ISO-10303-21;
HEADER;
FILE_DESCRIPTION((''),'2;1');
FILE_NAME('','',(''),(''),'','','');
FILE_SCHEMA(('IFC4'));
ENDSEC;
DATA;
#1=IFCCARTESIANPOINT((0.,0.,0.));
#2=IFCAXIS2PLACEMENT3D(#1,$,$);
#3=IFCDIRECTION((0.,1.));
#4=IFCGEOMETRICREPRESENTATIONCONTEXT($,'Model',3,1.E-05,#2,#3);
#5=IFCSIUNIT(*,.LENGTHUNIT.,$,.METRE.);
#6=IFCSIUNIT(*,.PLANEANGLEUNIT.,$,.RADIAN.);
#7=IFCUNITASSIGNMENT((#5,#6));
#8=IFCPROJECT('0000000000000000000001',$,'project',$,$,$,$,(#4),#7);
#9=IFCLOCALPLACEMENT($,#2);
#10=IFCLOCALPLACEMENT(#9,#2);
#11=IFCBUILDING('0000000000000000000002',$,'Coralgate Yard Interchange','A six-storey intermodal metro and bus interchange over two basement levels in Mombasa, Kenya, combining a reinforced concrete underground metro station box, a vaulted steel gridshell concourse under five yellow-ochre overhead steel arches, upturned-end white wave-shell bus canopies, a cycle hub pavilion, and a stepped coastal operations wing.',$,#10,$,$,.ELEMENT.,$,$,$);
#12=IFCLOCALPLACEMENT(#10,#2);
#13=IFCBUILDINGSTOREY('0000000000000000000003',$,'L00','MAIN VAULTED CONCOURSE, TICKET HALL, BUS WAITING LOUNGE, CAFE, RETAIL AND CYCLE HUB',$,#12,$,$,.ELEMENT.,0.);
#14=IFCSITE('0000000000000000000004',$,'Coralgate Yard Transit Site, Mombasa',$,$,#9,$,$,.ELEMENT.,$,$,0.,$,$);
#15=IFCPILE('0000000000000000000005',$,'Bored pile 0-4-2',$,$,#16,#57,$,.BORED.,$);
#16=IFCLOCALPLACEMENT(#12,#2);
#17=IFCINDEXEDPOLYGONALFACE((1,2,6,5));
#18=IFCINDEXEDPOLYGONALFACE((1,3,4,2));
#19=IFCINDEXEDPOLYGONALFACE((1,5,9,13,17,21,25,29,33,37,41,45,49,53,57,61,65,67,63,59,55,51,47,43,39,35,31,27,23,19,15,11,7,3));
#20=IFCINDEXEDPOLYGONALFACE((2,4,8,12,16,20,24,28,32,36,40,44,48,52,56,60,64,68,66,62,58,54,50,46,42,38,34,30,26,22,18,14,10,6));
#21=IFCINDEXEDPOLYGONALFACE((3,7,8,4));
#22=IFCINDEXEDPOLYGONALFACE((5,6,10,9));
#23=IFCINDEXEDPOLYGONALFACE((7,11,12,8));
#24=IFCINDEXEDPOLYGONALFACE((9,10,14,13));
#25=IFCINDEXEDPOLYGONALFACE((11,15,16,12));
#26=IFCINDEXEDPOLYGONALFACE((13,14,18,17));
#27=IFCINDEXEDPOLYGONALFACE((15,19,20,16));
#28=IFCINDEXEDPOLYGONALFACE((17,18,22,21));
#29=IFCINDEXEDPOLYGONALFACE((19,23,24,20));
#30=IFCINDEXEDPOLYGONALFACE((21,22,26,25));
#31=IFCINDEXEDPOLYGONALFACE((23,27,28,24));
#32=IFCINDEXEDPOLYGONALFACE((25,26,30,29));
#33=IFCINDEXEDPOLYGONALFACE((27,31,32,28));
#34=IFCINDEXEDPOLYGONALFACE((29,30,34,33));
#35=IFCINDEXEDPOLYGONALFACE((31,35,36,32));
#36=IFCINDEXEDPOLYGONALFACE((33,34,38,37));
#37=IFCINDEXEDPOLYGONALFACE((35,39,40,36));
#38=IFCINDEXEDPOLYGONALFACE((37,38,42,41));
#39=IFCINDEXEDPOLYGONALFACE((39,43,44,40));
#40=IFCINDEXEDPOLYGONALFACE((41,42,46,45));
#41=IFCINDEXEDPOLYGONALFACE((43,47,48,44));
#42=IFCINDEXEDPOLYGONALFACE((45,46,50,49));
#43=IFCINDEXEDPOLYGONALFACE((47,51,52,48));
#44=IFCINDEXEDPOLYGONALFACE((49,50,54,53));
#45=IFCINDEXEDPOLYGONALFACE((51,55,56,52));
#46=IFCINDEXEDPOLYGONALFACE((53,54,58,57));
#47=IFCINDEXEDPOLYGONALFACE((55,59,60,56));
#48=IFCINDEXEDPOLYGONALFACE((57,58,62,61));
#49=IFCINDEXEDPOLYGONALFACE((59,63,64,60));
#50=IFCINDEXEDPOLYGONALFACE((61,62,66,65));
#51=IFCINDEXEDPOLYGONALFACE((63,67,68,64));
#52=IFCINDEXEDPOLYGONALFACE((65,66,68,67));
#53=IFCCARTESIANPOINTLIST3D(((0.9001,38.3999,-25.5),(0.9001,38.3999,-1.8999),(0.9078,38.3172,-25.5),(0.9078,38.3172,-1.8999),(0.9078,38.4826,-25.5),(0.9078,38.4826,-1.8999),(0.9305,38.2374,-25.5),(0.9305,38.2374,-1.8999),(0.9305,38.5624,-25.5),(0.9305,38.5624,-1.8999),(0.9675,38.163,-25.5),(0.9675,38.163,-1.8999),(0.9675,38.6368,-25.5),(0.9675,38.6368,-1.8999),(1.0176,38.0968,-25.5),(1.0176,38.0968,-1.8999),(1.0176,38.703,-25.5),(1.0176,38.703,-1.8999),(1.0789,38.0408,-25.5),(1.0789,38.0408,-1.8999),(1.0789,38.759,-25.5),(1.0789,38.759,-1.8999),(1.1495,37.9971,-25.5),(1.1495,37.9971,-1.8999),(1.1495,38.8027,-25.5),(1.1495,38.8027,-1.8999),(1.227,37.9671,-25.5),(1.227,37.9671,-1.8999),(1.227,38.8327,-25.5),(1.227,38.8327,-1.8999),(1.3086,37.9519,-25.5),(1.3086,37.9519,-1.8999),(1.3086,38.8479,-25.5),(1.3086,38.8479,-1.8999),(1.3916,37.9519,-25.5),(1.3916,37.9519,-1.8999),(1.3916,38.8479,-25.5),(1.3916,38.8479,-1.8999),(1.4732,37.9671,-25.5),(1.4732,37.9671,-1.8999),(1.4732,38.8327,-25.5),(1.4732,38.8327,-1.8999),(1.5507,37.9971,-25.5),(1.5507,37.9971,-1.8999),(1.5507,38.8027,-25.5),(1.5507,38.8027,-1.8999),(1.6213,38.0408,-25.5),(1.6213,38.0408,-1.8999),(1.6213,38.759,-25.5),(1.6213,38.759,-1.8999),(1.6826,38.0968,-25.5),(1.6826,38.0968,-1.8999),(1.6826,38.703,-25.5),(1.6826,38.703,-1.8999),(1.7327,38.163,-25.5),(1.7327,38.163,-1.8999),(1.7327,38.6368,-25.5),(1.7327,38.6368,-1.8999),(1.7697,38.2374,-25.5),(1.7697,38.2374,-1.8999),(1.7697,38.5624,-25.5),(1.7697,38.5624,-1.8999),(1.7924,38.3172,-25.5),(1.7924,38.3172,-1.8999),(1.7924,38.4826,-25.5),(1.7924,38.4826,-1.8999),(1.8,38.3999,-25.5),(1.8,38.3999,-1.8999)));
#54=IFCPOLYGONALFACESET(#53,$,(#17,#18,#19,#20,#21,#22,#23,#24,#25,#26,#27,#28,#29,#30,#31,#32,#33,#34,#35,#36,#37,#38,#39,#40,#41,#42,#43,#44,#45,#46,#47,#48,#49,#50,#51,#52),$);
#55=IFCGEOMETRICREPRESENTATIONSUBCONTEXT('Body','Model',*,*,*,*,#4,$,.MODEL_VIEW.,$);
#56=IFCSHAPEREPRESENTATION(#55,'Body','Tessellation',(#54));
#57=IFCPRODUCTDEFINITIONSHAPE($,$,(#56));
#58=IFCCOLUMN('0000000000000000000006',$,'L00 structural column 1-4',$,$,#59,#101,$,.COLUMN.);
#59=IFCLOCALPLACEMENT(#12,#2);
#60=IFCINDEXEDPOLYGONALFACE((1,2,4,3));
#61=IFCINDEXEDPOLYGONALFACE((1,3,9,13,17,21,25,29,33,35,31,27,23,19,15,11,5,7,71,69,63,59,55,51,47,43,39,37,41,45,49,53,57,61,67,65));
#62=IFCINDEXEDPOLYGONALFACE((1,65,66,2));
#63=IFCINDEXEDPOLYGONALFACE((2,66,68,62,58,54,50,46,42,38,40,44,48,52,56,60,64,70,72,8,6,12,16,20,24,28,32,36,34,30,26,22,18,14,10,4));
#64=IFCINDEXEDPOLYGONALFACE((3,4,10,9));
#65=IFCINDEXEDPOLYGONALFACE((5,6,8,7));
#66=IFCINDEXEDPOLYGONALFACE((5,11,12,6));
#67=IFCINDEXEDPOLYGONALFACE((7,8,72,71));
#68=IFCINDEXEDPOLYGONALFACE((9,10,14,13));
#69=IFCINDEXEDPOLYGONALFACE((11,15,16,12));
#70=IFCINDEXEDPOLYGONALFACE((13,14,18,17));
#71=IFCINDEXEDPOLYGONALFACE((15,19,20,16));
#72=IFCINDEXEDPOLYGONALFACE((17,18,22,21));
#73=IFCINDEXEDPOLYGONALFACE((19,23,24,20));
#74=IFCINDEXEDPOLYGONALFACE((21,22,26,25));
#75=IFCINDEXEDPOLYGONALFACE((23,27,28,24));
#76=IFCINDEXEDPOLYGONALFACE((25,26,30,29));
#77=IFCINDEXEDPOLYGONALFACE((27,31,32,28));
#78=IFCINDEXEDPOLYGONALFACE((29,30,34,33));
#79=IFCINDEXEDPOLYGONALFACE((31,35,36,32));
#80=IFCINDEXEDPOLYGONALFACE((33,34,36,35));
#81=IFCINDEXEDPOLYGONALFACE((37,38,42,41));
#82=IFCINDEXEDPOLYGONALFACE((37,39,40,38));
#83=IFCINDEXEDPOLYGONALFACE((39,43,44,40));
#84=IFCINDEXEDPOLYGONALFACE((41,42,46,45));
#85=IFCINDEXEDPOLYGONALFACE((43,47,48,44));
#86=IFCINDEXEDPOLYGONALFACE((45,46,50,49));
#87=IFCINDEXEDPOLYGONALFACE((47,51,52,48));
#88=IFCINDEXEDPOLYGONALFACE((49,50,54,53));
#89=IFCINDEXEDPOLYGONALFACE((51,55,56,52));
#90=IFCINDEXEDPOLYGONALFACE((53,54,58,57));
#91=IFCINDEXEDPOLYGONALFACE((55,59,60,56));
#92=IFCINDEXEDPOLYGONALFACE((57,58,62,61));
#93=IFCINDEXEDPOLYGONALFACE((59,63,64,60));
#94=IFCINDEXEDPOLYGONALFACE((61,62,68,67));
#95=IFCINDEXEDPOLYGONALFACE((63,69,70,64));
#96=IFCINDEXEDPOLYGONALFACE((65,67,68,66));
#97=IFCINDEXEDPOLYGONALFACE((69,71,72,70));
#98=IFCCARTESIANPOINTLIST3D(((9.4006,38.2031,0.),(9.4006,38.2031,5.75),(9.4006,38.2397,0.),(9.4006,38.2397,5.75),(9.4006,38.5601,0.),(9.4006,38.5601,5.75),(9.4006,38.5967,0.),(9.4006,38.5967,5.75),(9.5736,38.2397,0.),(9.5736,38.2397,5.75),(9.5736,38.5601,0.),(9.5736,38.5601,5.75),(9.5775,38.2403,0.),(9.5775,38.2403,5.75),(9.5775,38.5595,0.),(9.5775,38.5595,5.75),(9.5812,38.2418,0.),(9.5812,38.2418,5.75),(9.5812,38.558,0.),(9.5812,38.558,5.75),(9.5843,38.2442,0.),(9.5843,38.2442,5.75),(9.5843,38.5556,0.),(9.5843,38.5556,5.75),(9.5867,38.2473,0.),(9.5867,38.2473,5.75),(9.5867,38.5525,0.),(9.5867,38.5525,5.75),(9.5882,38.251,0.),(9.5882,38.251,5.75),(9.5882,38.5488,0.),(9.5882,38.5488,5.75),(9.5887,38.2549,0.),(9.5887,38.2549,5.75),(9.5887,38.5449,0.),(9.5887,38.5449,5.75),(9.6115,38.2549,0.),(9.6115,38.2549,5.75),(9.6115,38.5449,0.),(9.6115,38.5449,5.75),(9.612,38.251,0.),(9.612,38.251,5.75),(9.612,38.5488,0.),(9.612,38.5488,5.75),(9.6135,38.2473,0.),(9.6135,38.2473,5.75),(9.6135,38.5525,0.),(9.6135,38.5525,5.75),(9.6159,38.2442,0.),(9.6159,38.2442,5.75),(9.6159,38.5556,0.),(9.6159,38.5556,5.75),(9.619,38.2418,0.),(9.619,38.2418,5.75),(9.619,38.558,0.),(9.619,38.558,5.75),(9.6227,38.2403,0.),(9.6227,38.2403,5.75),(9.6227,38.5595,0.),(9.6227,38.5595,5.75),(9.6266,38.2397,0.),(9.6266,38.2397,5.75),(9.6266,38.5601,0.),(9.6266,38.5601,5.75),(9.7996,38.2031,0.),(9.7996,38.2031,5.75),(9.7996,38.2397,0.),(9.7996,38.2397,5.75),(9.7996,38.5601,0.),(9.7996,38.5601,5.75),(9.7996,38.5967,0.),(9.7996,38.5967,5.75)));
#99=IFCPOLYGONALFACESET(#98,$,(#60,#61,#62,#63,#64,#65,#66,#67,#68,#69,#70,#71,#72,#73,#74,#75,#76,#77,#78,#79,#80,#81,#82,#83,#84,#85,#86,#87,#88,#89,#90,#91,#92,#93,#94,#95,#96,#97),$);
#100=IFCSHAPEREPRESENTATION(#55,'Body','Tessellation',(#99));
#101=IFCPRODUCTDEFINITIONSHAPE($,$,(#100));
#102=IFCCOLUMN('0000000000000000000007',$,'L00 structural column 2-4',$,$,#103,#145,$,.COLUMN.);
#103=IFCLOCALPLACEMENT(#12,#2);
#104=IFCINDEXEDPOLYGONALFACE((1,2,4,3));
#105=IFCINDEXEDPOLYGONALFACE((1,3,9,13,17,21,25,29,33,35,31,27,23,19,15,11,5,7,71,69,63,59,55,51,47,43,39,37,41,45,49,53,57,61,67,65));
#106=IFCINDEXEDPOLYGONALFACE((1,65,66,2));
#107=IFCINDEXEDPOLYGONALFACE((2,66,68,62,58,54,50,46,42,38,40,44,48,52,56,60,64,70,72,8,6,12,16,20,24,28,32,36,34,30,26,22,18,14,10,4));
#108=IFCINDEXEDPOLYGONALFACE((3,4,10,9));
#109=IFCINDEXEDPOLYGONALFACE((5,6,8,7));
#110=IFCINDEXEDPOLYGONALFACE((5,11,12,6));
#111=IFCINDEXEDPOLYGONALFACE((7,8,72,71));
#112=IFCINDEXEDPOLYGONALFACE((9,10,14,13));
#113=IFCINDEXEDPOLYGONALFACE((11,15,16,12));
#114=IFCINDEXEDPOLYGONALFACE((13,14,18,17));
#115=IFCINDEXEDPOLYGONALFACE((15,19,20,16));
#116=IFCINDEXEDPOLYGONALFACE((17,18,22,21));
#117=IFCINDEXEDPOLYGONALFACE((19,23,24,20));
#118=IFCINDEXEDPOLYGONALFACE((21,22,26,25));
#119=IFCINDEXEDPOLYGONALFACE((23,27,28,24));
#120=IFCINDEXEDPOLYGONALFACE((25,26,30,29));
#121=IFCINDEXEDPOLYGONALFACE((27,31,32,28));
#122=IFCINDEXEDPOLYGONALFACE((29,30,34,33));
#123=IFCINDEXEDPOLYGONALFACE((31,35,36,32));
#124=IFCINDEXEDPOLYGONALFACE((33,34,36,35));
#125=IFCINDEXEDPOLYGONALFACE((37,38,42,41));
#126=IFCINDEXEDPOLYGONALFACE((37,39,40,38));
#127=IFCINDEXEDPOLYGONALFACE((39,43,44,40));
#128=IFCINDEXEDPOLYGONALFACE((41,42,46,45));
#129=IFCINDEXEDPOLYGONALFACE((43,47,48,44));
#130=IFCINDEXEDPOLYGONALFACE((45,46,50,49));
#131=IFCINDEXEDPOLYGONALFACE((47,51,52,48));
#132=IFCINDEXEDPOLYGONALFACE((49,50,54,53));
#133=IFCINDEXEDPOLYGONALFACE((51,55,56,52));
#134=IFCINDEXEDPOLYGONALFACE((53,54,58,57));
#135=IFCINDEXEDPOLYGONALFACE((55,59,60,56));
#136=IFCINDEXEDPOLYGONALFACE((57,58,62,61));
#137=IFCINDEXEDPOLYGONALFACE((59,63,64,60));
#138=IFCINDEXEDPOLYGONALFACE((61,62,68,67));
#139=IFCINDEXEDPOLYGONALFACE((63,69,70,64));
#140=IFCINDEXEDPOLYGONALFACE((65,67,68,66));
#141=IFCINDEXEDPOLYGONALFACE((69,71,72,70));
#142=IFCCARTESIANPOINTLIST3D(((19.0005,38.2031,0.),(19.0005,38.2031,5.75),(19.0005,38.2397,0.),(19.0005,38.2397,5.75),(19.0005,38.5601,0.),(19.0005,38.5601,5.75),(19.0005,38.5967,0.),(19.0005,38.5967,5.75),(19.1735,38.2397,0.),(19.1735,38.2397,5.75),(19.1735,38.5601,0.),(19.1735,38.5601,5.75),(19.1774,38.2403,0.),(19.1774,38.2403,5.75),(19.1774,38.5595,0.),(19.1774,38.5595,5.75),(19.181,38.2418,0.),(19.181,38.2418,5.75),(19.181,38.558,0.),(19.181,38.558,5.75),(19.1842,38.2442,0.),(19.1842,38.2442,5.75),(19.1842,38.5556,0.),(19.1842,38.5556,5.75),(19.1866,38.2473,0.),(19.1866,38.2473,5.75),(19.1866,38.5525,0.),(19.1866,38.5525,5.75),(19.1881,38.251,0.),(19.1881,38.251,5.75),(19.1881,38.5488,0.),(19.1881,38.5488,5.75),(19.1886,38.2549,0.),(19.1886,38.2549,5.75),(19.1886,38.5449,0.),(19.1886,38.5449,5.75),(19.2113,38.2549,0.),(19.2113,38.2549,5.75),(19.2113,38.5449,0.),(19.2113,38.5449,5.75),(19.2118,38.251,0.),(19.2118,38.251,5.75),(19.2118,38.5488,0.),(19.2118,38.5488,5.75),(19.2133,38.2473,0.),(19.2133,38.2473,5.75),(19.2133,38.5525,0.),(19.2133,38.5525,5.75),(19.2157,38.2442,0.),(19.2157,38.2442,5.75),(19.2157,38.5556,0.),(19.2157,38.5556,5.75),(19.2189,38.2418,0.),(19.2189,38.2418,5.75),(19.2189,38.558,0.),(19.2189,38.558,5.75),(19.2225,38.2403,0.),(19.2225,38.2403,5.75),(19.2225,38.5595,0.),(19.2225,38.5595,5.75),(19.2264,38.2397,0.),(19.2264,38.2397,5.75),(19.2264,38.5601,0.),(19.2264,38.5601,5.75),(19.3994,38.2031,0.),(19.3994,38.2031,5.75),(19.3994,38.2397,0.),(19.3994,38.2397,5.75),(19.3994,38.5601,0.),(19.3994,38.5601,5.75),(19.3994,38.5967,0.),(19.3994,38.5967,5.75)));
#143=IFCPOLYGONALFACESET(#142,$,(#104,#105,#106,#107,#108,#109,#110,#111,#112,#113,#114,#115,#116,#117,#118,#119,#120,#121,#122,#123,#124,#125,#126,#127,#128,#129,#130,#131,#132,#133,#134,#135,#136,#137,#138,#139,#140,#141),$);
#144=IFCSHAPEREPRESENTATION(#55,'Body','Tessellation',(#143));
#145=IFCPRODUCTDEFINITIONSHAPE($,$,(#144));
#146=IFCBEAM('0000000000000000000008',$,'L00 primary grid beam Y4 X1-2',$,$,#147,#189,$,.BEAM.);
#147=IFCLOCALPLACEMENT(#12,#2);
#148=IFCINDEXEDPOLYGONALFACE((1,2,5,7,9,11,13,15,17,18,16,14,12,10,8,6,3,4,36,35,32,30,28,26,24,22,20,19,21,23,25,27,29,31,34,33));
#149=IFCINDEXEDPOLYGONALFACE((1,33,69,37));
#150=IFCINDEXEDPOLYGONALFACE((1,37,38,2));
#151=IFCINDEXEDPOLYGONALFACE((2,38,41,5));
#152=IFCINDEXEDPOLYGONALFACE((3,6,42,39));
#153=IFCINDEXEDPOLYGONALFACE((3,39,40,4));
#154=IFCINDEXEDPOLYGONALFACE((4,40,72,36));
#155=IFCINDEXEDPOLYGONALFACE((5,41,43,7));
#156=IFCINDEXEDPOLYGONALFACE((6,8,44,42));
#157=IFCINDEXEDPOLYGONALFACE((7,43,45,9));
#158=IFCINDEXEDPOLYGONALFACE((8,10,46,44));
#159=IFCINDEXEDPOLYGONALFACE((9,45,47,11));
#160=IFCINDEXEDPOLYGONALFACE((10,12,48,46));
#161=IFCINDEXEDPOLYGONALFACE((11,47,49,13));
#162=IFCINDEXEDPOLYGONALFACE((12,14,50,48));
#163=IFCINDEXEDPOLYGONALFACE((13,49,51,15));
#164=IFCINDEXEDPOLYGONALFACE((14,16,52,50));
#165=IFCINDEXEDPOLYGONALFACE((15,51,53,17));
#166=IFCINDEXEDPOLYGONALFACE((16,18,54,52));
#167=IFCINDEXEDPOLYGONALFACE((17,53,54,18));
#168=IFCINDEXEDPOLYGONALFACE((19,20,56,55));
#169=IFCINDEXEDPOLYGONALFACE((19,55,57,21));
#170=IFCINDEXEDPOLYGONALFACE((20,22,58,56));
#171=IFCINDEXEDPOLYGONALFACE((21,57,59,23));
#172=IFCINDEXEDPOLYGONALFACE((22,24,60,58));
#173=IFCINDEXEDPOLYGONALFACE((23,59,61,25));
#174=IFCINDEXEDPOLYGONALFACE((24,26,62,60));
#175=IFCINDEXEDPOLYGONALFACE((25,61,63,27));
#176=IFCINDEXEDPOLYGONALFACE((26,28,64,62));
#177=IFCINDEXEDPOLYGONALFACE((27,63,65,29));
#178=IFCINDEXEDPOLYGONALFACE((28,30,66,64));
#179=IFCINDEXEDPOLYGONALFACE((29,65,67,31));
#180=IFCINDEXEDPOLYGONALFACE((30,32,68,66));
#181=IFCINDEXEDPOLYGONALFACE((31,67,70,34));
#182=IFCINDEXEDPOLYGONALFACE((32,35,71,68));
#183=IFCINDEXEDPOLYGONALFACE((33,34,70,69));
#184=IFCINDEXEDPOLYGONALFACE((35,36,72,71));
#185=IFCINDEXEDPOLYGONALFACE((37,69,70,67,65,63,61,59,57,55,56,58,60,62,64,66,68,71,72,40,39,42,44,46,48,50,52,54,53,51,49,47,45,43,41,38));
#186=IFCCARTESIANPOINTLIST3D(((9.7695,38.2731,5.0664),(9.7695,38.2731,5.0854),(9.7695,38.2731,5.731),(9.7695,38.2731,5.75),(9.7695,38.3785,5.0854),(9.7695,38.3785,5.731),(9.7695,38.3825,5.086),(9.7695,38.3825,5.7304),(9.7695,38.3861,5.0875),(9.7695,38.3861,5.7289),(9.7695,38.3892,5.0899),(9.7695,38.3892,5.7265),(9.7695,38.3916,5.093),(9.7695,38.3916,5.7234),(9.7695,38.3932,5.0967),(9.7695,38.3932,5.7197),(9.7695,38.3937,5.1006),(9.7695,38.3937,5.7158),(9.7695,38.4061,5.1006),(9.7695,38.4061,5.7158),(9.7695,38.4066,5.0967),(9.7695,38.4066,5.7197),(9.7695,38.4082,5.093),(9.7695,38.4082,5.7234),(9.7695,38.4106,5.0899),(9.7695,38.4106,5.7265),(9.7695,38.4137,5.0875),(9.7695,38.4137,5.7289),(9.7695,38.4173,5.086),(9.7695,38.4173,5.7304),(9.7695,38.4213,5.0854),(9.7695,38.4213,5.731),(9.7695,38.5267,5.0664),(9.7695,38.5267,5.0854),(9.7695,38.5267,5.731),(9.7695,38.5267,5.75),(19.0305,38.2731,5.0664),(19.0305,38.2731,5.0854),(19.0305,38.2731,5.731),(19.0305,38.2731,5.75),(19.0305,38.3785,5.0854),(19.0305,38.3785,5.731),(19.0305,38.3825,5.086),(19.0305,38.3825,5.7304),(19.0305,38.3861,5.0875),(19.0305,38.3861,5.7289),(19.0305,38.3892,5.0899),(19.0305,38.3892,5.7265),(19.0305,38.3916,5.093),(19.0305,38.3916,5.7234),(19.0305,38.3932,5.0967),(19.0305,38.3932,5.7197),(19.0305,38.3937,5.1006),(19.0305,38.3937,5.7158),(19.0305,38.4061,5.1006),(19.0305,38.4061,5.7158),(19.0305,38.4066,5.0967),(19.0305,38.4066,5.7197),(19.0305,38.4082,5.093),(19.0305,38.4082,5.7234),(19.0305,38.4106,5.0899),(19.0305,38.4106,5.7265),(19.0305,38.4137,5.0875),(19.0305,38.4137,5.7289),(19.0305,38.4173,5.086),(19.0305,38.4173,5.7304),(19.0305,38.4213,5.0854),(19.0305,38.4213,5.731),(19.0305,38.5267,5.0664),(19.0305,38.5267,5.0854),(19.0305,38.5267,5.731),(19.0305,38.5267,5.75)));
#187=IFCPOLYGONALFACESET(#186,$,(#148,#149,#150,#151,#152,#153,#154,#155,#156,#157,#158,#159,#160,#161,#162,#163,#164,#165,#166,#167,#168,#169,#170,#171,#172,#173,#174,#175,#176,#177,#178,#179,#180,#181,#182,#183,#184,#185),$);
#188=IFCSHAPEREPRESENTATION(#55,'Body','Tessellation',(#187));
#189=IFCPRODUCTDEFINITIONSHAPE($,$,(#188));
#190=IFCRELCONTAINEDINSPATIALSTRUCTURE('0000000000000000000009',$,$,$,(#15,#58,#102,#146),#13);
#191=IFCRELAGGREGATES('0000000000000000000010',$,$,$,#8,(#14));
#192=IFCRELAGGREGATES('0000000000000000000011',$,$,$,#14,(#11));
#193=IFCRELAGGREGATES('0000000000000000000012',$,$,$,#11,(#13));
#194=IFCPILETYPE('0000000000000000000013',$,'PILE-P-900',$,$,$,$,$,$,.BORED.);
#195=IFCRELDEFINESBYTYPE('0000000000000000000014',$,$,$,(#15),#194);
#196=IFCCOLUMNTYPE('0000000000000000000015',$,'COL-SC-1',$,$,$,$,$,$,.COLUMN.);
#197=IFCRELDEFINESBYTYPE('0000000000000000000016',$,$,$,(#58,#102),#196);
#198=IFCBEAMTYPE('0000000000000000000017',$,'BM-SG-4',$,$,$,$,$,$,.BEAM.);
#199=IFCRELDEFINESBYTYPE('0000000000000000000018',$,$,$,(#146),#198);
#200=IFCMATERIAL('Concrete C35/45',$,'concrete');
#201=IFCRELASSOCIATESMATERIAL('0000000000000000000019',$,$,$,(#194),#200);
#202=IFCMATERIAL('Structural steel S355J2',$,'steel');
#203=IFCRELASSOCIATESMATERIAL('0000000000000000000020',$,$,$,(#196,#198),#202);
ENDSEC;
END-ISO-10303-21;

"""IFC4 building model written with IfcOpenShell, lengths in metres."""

from ifc_helpers import new_model, si_unit, direction, frame, origin, origin_2d, place, context, subcontext, project, spatial, circle, i_section, extrude, material, material_profile, profile_set, type_object, element, save


model = new_model("IFC4")

# Units and contexts
model_context = context("Model", 3, precision=1e-05, world=origin(), true_north=direction((0.0, 1.0)))
body_context = subcontext(model_context, "Body", "Model", "MODEL_VIEW")
ifc_project = project(units=[si_unit("LENGTHUNIT", "METRE"), si_unit("PLANEANGLEUNIT", "RADIAN")], contexts=[model_context])

# Site, building, storey
site_placement = place(None, origin())
site = spatial("IfcSite", under=ifc_project, at=site_placement, Name="Coralgate Yard Transit Site, Mombasa", CompositionType="ELEMENT", RefElevation=0.0)
building_placement = place(site_placement, origin())
building = spatial("IfcBuilding", under=site, at=building_placement, Name="Coralgate Yard Interchange", Description="A six-storey intermodal metro and bus interchange over two basement levels in Mombasa, Kenya, combining a reinforced concrete underground metro station box, a vaulted steel gridshell concourse under five yellow-ochre overhead steel arches, upturned-end white wave-shell bus canopies, a cycle hub pavilion, and a stepped coastal operations wing.", CompositionType="ELEMENT")
storey_placement = place(building_placement, origin())
storey = spatial("IfcBuildingStorey", under=building, at=storey_placement, Name="L00", Description="MAIN VAULTED CONCOURSE, TICKET HALL, BUS WAITING LOUNGE, CAFE, RETAIL AND CYCLE HUB", CompositionType="ELEMENT", Elevation=0.0)

# Pile
ifc_material_1 = material(Name="Concrete C35/45", Category="concrete")
ifc_material_profile_1 = material_profile(ifc_material_1, circle(Radius=0.45, at=origin_2d()), Name="BORED PILE D900")
ifc_profile_set_1 = profile_set([ifc_material_profile_1], Name="Concrete C35/45")
pile_type = type_object("IfcPileType", Name="PILE-P-900", PredefinedType="BORED", material=ifc_profile_set_1)
pile_placement = place(storey_placement, frame((1.3501, 38.3999, -1.8999), z_axis=(0.0, 0.0, -1.0), x_axis=(1.0, 0.0, 0.0)))
element("IfcPile", 1, at=pile_placement, inside=storey, type_object=pile_type, Name="Bored pile 0-4-2", PredefinedType="BORED", context=body_context, shape_type="SweptSolid", body=[
    extrude(circle(Radius=0.45, at=origin_2d()), origin(), (0.0, 0.0, 1.0), 23.6001),
])

# Columns
ifc_material_2 = material(Name="Structural steel S355J2", Category="steel")
ifc_material_profile_2 = material_profile(ifc_material_2, i_section(OverallWidth=0.3989, OverallDepth=0.3936, WebThickness=0.0227, FlangeThickness=0.0366, FilletRadius=0.0151, at=origin_2d()), Name="UC 356x406x287")
ifc_profile_set_2 = profile_set([ifc_material_profile_2], Name="Structural steel S355J2")
column_type = type_object("IfcColumnType", Name="COL-SC-1", PredefinedType="COLUMN", material=ifc_profile_set_2)
for number, where, z_axis, x_axis, name in (
    (2, (9.6001, 38.3999, 0.0), (0.0, 0.0, 1.0), (1.0, 0.0, 0.0), "L00 structural column 1-4"),
    (3, (19.2, 38.3999, 0.0), (0.0, 0.0, 1.0), (1.0, 0.0, 0.0), "L00 structural column 2-4"),
):
    element("IfcColumn", number, at=place(storey_placement, frame(where, z_axis=z_axis, x_axis=x_axis)), inside=storey, type_object=column_type, Name=name, PredefinedType="COLUMN", context=body_context, shape_type="SweptSolid", body=[
        extrude(i_section(OverallWidth=0.3989, OverallDepth=0.3936, WebThickness=0.0227, FlangeThickness=0.0366, FilletRadius=0.0151, at=origin_2d()), origin(), (0.0, 0.0, 1.0), 5.75),
    ])

# Beam
ifc_material_profile_3 = material_profile(ifc_material_2, i_section(OverallWidth=0.2537, OverallDepth=0.6836, WebThickness=0.0125, FlangeThickness=0.019, FilletRadius=0.0151, at=origin_2d()), Name="UB 686x254x140")
ifc_profile_set_3 = profile_set([ifc_material_profile_3], Name="Structural steel S355J2")
beam_type_1 = type_object("IfcBeamType", Name="BM-SG-4", PredefinedType="BEAM", material=ifc_profile_set_3)
beam_1_placement = place(storey_placement, frame((9.7695, 38.3999, 5.4082), z_axis=(1.0, 0.0, 0.0), x_axis=(0.0, 1.0, 0.0)))
element("IfcBeam", 4, at=beam_1_placement, inside=storey, type_object=beam_type_1, Name="L00 primary grid beam Y4 X1-2", PredefinedType="BEAM", context=body_context, shape_type="SweptSolid", body=[
    extrude(i_section(OverallWidth=0.2537, OverallDepth=0.6836, WebThickness=0.0125, FlangeThickness=0.019, FilletRadius=0.0151, at=origin_2d()), origin(), (0.0, 0.0, 1.0), 9.261),
])

save(model, "model.ifc")
